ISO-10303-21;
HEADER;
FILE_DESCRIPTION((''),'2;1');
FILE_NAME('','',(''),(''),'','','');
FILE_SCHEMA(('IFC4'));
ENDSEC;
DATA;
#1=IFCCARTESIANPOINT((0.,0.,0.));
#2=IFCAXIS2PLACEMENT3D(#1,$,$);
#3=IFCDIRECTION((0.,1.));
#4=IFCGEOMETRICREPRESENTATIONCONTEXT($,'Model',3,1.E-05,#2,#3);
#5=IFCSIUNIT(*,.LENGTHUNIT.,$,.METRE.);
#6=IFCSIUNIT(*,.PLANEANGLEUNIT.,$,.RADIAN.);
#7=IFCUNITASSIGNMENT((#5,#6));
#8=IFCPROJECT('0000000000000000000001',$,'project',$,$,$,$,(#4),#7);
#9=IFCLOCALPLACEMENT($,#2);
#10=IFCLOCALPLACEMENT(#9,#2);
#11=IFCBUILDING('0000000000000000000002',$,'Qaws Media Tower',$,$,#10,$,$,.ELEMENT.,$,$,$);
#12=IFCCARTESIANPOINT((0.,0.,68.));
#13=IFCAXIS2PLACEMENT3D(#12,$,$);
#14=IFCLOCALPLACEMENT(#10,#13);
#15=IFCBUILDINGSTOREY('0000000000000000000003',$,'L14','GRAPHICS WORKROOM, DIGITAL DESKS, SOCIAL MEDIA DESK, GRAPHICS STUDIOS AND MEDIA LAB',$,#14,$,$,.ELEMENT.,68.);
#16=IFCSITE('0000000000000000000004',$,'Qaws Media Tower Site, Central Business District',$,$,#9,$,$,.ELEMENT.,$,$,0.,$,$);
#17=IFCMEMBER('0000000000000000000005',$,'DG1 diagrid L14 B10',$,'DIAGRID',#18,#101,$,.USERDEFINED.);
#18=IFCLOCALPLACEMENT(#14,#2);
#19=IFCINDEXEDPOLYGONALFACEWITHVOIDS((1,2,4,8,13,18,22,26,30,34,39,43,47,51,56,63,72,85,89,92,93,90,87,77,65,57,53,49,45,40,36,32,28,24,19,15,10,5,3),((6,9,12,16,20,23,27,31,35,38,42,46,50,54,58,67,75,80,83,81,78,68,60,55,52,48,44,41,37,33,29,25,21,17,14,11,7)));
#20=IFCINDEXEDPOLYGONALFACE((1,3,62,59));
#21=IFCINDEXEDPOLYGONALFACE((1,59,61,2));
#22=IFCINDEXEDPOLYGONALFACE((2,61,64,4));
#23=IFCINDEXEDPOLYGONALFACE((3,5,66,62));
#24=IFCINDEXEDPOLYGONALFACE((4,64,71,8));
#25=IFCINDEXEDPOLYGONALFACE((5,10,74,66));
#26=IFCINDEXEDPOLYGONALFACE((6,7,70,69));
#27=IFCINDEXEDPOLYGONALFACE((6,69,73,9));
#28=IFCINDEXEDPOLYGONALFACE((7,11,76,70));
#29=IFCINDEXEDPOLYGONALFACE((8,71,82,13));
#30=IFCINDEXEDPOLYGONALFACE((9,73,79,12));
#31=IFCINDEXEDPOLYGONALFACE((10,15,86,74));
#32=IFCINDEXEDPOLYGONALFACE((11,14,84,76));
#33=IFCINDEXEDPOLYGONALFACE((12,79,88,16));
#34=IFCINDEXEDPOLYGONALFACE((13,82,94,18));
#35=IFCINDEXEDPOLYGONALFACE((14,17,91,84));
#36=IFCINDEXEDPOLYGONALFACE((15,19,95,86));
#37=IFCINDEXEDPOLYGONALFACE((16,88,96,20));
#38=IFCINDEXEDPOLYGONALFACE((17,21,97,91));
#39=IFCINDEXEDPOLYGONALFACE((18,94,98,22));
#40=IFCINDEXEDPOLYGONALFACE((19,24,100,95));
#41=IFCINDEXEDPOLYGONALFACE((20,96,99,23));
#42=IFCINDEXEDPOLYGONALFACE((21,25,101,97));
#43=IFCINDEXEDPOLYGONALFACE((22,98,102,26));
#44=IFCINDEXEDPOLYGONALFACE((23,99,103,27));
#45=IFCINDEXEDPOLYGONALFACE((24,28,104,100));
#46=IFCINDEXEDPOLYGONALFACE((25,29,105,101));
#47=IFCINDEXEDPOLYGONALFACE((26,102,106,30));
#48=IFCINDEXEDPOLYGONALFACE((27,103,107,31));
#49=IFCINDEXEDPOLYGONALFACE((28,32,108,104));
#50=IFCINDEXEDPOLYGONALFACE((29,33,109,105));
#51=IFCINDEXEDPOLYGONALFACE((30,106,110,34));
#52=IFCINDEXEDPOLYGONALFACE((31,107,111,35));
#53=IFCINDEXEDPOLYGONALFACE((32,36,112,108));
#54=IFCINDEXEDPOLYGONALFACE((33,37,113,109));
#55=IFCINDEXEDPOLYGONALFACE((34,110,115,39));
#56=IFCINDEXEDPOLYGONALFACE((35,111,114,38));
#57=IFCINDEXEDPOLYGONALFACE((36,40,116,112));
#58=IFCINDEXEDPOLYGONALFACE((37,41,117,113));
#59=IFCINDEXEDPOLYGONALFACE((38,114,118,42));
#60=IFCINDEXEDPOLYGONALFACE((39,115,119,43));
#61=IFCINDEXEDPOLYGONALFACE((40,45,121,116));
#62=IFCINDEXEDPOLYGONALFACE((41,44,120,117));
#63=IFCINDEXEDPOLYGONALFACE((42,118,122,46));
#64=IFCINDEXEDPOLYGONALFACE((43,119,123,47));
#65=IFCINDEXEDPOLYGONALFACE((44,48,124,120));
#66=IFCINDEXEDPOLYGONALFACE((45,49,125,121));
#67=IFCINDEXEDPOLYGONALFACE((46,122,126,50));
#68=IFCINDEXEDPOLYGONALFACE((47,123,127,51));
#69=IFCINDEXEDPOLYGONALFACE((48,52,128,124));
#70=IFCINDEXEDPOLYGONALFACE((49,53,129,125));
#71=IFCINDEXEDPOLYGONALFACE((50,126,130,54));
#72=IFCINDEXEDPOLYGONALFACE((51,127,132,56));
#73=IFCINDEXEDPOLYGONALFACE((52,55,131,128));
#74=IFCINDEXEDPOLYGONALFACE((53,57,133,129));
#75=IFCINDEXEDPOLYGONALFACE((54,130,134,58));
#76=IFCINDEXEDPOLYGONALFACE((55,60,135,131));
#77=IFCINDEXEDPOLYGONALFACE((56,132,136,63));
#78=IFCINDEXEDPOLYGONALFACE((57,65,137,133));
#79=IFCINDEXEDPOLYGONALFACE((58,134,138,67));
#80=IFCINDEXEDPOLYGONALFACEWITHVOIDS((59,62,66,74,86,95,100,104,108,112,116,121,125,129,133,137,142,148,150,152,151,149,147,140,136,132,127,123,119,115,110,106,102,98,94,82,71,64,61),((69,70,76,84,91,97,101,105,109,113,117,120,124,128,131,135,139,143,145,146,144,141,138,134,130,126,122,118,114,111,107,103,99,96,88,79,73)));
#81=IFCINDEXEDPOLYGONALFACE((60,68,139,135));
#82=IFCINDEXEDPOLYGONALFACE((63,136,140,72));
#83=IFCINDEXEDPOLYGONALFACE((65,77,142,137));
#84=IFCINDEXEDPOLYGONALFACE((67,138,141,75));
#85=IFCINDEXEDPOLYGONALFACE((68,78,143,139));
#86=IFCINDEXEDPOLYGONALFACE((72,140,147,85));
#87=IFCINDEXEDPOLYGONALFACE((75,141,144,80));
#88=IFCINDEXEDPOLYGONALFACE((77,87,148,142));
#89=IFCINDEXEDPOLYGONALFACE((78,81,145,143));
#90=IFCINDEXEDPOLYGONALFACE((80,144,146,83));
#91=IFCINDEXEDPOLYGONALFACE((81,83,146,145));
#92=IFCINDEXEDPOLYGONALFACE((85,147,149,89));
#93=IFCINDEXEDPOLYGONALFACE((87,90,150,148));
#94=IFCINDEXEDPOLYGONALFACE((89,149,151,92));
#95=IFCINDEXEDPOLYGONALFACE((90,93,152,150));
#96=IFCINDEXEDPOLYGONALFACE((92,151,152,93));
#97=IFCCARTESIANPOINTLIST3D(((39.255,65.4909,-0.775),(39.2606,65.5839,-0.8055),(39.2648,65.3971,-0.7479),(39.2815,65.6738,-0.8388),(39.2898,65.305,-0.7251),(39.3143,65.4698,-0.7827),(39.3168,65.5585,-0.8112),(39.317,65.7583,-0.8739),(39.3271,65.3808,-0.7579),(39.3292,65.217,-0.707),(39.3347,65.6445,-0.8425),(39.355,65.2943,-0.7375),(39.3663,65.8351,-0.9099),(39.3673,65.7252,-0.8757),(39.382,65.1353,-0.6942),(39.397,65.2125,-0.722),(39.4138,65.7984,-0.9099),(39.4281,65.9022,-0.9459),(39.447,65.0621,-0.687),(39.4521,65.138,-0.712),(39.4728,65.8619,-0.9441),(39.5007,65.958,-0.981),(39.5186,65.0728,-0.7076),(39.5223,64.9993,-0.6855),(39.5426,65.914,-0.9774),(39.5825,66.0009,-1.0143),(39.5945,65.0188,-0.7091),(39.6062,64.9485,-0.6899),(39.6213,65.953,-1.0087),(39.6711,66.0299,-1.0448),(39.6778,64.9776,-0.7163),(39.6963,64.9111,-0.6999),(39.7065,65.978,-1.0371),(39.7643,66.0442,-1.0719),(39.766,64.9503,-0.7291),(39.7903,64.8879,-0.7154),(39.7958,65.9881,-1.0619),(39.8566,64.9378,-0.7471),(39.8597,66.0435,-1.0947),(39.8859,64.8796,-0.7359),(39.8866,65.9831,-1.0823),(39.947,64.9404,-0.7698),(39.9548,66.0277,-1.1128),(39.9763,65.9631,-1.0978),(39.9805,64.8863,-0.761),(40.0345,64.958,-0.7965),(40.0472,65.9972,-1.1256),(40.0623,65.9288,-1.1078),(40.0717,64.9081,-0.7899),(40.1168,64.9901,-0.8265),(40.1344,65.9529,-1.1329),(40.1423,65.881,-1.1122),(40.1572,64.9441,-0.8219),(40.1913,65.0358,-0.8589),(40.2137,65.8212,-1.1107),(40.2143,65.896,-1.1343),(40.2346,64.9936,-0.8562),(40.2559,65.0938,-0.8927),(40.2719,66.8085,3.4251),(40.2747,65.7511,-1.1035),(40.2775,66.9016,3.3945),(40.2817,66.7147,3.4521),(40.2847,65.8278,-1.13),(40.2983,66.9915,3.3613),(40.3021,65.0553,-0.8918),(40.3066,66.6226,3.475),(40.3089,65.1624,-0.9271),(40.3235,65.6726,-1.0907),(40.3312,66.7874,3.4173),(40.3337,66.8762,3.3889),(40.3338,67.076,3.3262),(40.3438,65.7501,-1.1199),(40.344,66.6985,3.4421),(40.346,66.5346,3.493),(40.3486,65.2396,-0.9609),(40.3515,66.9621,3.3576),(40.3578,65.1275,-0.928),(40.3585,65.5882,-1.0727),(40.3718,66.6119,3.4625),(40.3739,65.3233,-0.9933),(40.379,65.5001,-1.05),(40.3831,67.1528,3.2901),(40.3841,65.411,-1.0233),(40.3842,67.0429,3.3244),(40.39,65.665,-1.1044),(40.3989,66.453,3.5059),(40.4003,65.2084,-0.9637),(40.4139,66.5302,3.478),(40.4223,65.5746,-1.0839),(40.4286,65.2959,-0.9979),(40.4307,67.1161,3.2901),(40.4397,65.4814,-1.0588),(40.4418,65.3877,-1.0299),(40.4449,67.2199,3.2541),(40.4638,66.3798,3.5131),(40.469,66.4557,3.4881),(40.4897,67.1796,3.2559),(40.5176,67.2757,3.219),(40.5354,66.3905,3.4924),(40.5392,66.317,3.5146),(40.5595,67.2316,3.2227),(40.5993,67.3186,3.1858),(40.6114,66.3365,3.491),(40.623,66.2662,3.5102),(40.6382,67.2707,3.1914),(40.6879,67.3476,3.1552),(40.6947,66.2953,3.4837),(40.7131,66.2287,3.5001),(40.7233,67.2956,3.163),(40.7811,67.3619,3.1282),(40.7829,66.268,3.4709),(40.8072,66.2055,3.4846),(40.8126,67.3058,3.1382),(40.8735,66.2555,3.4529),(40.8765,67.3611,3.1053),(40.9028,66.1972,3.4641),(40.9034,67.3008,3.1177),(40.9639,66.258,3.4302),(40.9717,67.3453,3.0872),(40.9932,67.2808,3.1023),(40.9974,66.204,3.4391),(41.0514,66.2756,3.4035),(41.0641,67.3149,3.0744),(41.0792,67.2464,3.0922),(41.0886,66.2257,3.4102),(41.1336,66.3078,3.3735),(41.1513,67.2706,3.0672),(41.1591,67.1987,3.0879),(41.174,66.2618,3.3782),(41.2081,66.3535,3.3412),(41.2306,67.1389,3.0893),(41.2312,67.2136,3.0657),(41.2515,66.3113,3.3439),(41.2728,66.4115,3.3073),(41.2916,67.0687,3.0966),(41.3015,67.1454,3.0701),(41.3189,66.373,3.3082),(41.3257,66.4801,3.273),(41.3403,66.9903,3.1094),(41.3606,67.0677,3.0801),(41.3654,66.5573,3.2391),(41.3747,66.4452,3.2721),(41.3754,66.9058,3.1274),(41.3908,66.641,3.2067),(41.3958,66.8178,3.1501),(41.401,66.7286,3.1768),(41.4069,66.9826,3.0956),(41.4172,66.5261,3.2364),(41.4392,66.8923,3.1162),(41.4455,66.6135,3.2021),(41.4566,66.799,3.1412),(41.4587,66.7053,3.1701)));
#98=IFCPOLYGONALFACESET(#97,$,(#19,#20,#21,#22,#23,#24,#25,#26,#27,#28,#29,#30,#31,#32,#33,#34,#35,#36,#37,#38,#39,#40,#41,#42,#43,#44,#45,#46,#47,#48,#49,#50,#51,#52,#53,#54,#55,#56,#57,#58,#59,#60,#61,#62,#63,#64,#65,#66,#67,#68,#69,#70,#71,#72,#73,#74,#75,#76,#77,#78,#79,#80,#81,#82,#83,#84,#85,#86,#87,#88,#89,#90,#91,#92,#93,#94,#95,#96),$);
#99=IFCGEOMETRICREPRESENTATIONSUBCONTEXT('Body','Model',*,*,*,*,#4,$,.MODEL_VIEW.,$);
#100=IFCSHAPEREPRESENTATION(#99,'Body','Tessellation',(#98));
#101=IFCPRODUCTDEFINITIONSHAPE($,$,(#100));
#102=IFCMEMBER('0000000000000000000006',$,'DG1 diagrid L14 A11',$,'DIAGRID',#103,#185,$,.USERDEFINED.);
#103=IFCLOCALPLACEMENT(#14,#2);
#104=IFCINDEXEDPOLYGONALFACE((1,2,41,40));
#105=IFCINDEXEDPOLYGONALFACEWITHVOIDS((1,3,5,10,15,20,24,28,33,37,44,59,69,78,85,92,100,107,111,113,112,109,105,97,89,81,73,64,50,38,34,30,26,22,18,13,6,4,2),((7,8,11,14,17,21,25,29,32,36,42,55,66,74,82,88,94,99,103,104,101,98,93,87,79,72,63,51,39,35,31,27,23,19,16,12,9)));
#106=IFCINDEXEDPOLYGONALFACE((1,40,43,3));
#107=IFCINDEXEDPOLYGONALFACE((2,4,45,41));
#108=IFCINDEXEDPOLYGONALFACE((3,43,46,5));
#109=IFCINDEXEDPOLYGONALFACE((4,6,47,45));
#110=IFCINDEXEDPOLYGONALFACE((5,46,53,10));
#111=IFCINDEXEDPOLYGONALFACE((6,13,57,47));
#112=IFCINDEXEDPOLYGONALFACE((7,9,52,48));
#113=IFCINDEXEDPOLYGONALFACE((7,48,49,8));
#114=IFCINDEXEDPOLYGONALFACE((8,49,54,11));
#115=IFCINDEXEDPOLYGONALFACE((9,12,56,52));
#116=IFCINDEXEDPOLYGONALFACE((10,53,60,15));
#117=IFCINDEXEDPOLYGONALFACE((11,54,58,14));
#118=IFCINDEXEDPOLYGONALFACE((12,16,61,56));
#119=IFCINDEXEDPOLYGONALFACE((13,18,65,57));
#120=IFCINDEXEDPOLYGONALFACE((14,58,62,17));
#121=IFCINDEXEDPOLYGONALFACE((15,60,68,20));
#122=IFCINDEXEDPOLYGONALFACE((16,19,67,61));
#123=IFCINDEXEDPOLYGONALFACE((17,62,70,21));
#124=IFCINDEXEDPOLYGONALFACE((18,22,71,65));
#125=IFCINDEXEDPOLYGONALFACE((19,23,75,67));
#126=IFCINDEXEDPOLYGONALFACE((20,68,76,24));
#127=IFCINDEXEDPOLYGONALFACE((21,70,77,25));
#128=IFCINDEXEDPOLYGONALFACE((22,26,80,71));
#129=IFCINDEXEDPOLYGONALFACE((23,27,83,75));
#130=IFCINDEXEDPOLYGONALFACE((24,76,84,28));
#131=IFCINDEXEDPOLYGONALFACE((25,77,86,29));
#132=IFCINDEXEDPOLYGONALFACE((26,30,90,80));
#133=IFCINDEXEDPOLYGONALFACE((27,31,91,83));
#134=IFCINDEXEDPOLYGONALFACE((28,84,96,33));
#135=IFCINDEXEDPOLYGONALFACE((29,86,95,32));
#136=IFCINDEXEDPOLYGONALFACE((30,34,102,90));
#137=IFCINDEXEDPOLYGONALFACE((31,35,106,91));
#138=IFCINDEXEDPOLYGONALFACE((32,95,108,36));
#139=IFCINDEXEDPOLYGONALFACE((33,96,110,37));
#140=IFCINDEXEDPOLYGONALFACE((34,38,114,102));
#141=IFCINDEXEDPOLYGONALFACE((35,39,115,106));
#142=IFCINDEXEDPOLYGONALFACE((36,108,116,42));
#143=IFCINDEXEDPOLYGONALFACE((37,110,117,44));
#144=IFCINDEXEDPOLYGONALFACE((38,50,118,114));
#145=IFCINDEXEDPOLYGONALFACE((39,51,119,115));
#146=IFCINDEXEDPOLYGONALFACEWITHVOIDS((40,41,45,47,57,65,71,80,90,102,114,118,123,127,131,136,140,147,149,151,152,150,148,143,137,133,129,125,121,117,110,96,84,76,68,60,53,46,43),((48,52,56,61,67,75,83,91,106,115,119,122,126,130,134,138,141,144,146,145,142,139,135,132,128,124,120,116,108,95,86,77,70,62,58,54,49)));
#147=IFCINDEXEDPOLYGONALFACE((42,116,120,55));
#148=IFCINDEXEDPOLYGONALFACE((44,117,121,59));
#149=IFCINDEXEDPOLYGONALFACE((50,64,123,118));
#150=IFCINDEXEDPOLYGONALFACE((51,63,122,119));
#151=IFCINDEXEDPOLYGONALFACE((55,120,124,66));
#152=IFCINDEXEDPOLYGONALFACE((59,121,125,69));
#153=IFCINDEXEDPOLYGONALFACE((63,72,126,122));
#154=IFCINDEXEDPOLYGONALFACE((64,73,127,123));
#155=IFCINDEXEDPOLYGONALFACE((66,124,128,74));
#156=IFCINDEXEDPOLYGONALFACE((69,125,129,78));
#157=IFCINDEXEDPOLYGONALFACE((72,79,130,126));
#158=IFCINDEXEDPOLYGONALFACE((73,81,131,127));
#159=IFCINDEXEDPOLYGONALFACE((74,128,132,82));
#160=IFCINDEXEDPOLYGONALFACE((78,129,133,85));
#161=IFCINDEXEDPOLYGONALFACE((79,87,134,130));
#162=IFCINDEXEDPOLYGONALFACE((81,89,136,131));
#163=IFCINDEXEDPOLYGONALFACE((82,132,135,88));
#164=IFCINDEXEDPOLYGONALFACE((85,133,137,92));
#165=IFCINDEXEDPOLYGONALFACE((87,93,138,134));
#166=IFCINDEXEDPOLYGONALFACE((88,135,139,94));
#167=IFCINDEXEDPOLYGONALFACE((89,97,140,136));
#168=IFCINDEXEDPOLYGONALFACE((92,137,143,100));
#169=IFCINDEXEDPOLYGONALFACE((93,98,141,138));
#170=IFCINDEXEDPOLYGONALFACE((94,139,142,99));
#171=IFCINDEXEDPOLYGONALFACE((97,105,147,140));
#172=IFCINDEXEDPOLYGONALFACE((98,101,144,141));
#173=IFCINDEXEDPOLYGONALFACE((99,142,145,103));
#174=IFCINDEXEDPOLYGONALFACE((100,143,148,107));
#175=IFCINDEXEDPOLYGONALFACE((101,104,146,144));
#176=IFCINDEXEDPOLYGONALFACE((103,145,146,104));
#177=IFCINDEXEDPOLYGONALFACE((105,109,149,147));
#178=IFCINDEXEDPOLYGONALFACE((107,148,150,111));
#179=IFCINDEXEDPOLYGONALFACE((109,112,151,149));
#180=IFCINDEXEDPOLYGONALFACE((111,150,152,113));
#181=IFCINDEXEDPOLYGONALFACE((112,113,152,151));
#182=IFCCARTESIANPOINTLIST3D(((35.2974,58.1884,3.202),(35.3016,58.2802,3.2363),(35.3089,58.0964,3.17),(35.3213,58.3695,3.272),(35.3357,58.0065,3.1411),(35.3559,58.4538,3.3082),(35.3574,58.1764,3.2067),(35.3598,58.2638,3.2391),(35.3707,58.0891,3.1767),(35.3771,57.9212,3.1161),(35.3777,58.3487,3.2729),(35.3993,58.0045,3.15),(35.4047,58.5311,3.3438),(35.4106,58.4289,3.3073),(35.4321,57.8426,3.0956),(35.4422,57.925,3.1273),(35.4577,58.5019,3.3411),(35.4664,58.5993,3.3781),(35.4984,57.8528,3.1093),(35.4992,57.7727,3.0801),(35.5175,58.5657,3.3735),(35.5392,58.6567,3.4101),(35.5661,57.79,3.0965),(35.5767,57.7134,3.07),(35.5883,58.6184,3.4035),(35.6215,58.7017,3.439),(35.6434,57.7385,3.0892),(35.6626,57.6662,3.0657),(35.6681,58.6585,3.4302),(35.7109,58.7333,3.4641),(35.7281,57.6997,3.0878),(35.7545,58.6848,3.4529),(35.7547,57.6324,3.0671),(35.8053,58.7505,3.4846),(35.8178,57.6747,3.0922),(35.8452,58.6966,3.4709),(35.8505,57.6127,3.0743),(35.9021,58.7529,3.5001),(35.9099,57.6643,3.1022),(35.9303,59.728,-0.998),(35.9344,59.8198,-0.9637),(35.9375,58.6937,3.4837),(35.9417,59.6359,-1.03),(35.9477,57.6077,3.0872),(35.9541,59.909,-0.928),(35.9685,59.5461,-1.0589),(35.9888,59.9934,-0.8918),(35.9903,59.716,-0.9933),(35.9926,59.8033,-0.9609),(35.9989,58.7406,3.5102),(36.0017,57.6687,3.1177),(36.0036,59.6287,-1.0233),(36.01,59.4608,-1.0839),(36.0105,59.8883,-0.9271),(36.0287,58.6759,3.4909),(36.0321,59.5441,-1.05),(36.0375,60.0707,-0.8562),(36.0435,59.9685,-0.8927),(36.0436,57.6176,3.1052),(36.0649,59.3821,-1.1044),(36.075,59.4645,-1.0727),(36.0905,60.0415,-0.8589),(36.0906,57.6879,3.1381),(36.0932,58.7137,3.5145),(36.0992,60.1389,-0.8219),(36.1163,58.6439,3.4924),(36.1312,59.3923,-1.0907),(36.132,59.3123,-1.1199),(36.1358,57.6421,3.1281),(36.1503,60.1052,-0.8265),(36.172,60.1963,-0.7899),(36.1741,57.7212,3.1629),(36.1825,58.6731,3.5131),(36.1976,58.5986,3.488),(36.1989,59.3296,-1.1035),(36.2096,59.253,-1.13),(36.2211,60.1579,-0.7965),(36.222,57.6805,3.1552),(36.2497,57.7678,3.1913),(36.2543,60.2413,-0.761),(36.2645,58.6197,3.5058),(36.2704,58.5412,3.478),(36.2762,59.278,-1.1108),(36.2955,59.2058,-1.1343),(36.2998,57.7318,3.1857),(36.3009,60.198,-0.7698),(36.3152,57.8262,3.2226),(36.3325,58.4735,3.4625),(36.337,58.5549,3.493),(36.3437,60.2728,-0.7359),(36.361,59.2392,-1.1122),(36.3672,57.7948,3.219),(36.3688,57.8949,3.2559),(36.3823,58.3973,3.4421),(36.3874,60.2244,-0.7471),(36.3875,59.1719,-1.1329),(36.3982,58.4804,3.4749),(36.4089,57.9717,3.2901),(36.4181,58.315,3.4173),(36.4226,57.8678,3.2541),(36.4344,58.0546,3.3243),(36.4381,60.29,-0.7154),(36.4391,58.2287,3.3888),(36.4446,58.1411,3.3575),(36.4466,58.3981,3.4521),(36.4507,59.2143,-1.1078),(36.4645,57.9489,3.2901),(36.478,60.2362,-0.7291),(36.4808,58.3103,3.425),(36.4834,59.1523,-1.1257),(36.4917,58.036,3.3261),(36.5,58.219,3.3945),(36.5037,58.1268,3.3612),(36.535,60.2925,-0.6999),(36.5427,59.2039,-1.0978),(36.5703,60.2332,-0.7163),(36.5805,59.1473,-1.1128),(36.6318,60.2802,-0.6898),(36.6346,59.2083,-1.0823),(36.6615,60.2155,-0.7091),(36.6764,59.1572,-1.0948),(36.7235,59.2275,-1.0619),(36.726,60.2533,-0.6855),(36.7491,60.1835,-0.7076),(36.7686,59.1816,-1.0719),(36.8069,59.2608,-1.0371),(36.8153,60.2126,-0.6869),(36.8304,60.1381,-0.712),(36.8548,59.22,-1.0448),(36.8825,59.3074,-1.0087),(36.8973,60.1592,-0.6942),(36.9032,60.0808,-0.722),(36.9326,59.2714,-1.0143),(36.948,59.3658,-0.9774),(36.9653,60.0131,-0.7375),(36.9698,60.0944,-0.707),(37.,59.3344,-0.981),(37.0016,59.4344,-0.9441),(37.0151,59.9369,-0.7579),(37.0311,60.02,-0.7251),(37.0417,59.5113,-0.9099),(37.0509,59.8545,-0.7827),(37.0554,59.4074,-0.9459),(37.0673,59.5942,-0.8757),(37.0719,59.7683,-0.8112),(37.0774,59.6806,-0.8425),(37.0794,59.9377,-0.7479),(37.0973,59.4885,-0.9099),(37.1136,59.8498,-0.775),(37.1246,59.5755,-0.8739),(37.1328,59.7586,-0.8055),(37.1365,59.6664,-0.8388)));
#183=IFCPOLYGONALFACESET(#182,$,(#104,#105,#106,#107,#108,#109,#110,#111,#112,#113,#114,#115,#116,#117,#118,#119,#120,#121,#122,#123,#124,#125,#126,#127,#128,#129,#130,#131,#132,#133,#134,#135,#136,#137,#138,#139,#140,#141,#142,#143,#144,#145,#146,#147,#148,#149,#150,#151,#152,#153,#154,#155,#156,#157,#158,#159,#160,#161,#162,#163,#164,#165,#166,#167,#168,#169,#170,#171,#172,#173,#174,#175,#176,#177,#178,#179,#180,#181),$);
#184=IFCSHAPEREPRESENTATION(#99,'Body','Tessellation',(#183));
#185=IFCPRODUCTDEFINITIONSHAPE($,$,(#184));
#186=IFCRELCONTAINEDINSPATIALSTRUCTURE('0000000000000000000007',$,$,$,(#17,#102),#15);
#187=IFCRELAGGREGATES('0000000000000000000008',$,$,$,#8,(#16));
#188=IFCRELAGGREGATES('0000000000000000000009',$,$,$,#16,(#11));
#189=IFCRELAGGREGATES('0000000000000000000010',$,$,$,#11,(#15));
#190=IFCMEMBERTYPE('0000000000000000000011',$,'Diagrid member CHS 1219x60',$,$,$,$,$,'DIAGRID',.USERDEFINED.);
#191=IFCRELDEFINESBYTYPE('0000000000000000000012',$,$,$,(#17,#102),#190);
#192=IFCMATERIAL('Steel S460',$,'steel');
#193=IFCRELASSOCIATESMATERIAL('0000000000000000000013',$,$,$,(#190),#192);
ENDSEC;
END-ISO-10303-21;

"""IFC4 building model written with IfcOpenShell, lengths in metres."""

from ifc_helpers import new_model, si_unit, direction, frame, origin, origin_2d, place, context, subcontext, project, spatial, hollow_circle, extrude, material, material_profile, profile_set, type_object, element, save


model = new_model("IFC4")

# Units and contexts
model_context = context("Model", 3, precision=1e-05, world=origin(), true_north=direction((0.0, 1.0)))
body_context = subcontext(model_context, "Body", "Model", "MODEL_VIEW")
ifc_project = project(units=[si_unit("LENGTHUNIT", "METRE"), si_unit("PLANEANGLEUNIT", "RADIAN")], contexts=[model_context])

# Site, building, storey
site_placement = place(None, origin())
site = spatial("IfcSite", under=ifc_project, at=site_placement, Name="Qaws Media Tower Site, Central Business District", CompositionType="ELEMENT", RefElevation=0.0)
building_placement = place(site_placement, origin())
building = spatial("IfcBuilding", under=site, at=building_placement, Name="Qaws Media Tower", CompositionType="ELEMENT")
storey_placement = place(building_placement, frame((0.0, 0.0, 68.0)))
storey = spatial("IfcBuildingStorey", under=building, at=storey_placement, Name="L14", Description="GRAPHICS WORKROOM, DIGITAL DESKS, SOCIAL MEDIA DESK, GRAPHICS STUDIOS AND MEDIA LAB", CompositionType="ELEMENT", Elevation=68.0)

# Members
ifc_material_1 = material(Name="Steel S460", Category="steel")
ifc_material_profile_1 = material_profile(ifc_material_1, hollow_circle(Radius=0.6096, WallThickness=0.0601, at=origin_2d()), Name="CHS 1219x60")
ifc_profile_set_1 = profile_set([ifc_material_profile_1], Name="Steel S460")
member_type_1 = type_object("IfcMemberType", Name="Diagrid member CHS 1219x60", ElementType="DIAGRID", PredefinedType="USERDEFINED", material=ifc_profile_set_1)
for number, where, z_axis, x_axis, name in (
    (1, (39.8489, 65.4626, -0.9099), (0.22508, 0.291658, 0.929664), (-0.791669, 0.610951, 0.0), "DG1 diagrid L14 B10"),
    (2, (36.5334, 59.7202, -0.9099), (-0.140072, -0.340777, 0.929651), (0.924915, -0.380174, 0.0), "DG1 diagrid L14 A11"),
):
    element("IfcMember", number, at=place(storey_placement, frame(where, z_axis=z_axis, x_axis=x_axis)), inside=storey, type_object=member_type_1, Name=name, ObjectType="DIAGRID", PredefinedType="USERDEFINED", context=body_context, shape_type="SweptSolid", body=[
        extrude(hollow_circle(Radius=0.6096, WallThickness=0.0601, at=origin_2d()), origin(), (0.0, 0.0, 1.0), 4.5178),
    ])

save(model, "model.ifc")
